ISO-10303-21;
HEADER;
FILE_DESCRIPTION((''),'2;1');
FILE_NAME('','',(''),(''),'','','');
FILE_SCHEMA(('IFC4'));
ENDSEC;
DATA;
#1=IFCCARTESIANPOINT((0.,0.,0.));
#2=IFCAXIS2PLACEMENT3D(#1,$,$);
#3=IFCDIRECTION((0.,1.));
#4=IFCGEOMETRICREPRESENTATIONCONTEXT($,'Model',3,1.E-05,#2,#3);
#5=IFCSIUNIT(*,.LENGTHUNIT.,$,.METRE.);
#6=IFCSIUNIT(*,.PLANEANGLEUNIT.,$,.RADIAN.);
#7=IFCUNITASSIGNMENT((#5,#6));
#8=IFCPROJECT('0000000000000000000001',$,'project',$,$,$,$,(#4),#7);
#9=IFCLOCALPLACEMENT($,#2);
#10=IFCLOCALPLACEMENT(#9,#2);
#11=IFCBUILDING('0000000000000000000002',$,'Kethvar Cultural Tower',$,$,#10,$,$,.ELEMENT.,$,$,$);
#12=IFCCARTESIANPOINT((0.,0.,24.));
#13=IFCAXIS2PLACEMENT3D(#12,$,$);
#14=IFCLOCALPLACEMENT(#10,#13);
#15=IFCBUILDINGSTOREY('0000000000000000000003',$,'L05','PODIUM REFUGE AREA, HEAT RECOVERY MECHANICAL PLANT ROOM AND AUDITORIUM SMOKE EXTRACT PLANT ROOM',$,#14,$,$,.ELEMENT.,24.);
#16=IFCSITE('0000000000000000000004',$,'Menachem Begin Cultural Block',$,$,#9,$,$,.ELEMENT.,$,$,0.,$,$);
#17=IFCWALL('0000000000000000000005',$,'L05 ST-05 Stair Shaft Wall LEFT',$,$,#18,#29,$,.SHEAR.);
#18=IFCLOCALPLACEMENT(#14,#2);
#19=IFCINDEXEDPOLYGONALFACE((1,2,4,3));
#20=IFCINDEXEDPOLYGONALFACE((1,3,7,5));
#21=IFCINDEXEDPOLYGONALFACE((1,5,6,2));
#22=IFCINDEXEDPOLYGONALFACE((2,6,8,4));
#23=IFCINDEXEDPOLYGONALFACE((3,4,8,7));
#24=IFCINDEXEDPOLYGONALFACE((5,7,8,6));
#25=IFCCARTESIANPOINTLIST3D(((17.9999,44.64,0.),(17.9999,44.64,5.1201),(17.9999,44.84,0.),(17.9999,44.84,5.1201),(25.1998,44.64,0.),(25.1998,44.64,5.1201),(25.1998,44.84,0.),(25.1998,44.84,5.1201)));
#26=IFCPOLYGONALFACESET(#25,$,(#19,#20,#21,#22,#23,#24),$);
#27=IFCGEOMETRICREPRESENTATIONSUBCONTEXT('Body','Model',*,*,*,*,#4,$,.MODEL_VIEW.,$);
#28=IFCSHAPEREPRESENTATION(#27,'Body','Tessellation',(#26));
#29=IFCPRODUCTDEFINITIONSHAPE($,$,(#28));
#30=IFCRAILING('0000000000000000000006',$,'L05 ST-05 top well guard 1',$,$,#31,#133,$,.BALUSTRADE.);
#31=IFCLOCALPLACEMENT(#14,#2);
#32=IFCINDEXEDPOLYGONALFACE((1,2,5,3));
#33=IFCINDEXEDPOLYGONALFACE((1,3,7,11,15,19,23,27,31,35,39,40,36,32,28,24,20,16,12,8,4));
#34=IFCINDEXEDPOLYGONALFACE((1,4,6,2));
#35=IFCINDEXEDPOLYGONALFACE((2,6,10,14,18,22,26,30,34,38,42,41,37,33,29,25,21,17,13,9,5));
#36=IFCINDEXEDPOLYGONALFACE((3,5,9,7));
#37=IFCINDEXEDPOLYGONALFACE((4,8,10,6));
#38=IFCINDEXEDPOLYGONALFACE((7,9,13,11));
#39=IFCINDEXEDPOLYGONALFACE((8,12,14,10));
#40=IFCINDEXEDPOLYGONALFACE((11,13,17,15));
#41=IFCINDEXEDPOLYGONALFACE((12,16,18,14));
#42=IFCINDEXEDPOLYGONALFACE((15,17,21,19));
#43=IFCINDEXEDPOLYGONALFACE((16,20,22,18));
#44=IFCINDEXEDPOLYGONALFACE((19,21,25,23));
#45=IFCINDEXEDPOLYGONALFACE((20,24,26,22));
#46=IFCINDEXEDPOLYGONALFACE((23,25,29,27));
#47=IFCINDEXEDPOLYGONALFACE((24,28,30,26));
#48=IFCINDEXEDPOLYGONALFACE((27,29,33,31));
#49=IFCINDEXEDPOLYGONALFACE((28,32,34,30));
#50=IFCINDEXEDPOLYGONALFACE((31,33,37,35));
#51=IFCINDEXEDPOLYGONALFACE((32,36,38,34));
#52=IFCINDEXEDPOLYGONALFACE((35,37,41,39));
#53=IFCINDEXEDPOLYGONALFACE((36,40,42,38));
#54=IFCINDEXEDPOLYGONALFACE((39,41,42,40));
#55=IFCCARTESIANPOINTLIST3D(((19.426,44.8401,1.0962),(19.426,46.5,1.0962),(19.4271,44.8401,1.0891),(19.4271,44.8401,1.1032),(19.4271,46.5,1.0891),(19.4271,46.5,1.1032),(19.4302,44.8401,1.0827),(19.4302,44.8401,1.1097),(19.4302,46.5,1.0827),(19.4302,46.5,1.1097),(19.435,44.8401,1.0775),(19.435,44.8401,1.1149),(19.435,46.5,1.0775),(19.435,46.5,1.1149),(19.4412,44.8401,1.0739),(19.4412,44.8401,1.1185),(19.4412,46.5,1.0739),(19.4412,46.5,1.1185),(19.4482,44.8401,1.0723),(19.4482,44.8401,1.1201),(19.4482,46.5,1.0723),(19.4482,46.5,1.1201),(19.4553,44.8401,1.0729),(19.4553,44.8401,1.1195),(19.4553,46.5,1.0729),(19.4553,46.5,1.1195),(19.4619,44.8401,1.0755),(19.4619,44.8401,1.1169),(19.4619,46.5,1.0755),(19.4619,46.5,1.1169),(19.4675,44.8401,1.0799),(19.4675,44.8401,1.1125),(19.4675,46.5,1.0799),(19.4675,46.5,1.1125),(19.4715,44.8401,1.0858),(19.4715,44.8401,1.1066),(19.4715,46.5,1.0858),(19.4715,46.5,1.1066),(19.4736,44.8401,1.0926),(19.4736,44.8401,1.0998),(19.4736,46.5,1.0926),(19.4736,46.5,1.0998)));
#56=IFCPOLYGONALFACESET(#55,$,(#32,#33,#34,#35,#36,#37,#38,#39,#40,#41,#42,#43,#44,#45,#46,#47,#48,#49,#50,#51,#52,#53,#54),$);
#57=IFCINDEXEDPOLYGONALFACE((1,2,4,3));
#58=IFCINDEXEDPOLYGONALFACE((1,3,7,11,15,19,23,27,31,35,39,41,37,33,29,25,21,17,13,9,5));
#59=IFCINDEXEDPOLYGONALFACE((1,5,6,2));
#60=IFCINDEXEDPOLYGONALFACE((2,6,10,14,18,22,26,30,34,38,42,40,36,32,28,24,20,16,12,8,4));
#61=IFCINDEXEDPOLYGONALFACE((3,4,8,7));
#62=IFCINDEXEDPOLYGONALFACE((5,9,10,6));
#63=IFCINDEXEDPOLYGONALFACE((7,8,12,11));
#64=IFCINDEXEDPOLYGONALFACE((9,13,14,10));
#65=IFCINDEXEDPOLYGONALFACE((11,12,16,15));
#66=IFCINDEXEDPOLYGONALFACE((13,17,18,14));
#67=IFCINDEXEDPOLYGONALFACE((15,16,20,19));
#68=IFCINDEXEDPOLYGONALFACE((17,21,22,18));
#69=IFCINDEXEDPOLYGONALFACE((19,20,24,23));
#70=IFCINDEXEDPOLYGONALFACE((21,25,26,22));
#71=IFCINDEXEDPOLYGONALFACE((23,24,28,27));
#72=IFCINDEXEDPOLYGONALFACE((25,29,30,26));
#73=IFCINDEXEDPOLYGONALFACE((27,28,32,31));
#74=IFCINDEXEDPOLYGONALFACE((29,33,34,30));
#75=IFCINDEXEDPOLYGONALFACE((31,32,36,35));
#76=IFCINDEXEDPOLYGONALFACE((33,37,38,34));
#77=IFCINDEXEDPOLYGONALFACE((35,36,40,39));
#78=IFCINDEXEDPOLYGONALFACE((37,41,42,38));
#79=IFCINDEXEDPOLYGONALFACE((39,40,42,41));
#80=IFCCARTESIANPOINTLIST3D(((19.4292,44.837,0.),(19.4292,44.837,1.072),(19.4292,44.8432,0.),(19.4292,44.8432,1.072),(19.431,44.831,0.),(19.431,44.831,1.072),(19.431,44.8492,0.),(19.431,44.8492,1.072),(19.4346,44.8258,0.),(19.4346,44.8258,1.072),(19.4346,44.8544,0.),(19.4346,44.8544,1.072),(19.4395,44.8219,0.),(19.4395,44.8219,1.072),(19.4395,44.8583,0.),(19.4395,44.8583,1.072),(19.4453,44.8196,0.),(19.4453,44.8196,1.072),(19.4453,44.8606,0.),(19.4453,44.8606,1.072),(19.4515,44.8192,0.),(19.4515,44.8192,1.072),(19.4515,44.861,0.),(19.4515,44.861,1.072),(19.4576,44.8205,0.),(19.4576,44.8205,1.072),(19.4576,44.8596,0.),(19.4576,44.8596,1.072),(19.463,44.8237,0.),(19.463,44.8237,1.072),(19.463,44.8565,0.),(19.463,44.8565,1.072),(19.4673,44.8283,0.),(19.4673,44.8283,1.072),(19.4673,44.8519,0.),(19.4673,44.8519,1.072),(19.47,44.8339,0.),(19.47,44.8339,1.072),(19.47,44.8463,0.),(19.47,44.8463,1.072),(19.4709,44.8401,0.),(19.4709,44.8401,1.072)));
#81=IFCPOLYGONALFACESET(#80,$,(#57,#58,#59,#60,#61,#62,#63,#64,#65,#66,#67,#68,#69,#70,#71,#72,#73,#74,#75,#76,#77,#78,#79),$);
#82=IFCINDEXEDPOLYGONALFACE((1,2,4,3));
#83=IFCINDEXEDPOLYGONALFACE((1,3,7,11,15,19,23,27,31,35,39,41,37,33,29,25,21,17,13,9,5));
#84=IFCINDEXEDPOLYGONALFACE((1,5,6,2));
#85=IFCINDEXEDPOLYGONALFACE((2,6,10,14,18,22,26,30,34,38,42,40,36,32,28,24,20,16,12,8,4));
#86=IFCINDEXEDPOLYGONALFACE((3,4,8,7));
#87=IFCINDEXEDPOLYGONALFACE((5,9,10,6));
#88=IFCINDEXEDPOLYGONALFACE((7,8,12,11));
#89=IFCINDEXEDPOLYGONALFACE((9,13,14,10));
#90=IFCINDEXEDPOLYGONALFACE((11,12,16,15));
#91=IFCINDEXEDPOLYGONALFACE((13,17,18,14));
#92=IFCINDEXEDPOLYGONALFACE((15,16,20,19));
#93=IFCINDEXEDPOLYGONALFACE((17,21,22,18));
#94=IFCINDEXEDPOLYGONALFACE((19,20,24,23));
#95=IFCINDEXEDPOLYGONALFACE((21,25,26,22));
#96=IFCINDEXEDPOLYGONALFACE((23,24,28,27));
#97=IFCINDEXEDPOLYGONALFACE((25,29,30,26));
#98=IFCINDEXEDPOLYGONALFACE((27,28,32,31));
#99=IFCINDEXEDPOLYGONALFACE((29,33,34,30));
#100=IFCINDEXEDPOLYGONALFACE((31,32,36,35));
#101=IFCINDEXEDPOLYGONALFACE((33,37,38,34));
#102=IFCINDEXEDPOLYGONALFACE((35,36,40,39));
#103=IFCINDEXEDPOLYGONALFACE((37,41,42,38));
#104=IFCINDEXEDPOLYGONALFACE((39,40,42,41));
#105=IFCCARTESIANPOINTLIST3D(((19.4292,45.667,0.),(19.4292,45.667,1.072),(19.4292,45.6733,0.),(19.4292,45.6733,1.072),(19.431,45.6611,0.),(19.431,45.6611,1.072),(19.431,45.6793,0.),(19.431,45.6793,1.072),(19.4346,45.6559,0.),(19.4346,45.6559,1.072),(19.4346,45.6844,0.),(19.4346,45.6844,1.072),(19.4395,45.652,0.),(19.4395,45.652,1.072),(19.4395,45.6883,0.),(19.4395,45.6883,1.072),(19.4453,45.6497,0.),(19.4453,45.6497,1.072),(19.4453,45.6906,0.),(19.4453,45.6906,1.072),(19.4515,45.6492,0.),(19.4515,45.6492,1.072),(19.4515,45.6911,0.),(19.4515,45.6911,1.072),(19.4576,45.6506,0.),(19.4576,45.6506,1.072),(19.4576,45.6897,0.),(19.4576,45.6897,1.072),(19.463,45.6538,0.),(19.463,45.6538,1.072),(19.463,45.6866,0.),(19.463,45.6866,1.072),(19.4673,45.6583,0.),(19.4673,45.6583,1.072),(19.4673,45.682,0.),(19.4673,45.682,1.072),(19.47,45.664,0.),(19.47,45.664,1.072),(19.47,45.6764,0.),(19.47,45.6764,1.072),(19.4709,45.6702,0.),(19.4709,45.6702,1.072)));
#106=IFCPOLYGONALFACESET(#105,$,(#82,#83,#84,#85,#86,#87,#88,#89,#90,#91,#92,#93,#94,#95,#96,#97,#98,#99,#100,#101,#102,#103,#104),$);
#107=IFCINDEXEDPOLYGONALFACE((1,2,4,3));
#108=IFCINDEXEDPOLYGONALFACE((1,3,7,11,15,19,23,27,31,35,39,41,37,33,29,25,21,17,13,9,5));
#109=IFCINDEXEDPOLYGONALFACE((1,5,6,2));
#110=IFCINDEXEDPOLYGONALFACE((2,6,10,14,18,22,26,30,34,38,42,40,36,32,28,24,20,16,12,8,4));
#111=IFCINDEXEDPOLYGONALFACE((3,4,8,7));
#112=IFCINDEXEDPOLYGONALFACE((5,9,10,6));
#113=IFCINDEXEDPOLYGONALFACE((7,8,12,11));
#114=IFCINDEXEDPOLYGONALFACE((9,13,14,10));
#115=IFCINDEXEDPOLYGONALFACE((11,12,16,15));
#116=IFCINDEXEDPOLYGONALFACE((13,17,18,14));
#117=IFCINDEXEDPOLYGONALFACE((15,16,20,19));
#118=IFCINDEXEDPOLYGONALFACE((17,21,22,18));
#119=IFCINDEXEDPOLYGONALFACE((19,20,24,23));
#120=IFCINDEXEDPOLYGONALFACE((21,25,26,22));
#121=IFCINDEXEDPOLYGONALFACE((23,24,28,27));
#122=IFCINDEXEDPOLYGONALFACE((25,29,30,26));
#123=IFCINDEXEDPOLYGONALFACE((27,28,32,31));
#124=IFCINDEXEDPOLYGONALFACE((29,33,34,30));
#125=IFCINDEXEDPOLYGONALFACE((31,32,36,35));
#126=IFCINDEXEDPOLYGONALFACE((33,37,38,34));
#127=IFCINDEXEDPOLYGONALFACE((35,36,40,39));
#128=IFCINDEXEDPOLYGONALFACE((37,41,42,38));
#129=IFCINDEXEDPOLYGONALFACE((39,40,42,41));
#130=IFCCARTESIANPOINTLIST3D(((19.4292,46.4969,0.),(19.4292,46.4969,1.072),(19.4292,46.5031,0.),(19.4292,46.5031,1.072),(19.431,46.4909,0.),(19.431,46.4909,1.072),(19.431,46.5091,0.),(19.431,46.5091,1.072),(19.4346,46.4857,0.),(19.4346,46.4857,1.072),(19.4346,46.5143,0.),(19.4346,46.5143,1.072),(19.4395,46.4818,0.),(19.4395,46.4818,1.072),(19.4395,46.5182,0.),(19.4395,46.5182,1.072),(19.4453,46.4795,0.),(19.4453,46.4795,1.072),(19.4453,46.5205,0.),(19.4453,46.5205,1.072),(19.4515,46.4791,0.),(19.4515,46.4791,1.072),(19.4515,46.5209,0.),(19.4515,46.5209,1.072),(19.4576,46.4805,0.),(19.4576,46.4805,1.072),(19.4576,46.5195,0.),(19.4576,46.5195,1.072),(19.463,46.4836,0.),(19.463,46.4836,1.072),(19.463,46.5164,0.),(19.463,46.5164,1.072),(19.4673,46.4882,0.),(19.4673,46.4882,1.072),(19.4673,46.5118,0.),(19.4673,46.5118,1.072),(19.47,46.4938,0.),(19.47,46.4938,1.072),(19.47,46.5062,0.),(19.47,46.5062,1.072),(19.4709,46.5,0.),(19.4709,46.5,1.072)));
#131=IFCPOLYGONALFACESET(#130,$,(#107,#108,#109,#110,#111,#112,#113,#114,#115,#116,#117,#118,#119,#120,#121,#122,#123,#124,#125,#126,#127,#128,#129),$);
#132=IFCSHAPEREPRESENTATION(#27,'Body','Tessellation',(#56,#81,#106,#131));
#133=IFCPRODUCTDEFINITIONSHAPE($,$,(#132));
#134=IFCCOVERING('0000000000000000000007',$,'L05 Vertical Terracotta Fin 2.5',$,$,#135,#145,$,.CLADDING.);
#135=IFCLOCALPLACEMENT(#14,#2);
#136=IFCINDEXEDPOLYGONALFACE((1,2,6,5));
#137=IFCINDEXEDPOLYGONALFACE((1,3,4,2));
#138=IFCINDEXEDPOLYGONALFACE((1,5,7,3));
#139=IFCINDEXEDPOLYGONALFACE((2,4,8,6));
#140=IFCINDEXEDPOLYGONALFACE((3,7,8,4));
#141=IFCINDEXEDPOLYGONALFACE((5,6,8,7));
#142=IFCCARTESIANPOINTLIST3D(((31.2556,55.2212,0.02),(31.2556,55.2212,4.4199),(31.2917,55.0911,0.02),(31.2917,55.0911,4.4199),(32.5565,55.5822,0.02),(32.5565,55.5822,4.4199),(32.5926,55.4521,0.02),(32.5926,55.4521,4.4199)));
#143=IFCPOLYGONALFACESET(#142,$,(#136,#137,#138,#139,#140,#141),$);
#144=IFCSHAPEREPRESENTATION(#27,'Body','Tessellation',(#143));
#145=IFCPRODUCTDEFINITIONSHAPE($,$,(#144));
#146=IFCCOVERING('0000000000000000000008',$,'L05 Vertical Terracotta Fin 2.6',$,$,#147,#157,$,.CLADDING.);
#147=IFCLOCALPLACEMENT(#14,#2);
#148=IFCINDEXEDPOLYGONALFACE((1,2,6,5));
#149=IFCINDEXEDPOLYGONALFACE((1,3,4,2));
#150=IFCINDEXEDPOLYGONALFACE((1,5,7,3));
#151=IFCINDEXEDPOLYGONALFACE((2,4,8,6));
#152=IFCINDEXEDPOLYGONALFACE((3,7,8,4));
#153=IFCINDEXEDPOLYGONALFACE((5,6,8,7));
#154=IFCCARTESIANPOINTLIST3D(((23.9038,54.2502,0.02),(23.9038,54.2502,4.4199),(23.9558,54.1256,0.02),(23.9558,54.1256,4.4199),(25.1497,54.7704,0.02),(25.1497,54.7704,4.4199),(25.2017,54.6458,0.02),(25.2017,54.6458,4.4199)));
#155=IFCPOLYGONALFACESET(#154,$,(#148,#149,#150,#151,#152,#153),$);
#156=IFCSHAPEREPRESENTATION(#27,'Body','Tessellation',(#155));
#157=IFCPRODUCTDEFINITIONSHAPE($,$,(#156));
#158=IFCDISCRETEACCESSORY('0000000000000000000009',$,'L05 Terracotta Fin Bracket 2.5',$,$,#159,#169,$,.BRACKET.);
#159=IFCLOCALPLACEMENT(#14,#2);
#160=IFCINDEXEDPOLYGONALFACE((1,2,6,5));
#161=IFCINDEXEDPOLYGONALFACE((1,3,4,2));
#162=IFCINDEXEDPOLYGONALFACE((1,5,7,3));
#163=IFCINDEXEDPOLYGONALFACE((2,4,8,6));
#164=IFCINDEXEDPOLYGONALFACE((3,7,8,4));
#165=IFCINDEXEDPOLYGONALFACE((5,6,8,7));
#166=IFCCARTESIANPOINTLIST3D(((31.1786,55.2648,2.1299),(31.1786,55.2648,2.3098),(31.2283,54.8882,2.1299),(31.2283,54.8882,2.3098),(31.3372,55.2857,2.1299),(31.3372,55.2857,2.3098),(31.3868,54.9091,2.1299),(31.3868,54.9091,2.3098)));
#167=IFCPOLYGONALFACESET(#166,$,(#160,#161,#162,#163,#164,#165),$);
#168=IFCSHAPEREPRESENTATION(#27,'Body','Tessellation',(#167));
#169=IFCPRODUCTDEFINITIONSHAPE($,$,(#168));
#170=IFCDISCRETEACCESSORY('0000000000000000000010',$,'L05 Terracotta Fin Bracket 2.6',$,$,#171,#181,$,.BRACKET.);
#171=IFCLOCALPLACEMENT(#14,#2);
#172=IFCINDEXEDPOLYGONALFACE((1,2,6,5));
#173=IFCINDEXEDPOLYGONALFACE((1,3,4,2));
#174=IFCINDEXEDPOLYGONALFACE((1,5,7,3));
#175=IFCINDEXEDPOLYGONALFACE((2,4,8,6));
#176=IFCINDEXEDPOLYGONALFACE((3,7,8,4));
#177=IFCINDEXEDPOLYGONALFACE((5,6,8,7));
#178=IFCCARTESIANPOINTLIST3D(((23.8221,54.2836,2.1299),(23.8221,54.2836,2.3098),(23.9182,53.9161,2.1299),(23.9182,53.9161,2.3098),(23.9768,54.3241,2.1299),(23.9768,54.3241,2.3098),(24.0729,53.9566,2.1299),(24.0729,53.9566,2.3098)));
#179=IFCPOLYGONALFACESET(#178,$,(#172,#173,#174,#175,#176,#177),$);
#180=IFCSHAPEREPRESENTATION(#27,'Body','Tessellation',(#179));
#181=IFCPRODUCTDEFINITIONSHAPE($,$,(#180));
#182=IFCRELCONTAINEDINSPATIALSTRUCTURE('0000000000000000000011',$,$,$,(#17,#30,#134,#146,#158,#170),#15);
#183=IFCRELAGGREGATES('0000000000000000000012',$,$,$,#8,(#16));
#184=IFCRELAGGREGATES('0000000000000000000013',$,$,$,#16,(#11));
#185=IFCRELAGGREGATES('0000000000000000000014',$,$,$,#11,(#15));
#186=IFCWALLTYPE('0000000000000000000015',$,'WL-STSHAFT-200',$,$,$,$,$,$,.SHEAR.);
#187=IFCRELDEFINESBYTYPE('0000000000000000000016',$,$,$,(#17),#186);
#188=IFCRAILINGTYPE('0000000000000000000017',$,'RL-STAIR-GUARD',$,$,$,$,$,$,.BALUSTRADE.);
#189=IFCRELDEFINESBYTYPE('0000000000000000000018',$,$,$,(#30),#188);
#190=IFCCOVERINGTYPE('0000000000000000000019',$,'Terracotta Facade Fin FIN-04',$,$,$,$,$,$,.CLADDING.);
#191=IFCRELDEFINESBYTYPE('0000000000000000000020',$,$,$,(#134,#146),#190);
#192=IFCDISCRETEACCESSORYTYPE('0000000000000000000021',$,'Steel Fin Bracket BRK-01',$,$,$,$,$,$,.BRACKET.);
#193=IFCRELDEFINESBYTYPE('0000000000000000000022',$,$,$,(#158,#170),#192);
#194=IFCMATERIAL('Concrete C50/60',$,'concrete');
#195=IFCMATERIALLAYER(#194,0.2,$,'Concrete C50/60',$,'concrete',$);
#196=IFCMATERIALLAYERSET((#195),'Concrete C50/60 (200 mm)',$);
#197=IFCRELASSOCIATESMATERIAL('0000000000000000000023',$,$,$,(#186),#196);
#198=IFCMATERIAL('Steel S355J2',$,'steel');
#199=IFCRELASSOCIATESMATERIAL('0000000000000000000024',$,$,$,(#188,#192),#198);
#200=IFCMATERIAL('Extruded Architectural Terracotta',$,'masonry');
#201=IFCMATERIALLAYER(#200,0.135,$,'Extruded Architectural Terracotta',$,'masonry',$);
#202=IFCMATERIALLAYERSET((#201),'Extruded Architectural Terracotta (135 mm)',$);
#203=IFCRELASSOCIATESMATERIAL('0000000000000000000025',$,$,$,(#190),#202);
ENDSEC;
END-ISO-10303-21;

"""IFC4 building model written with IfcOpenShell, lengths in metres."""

from ifc_helpers import new_model, si_unit, direction, frame, frame_2d, origin, origin_2d, place, context, subcontext, project, spatial, rectangle, circle, extrude, source, transform, mapped, material, layer, layer_set, type_object, element, save


model = new_model("IFC4")

# Units and contexts
model_context = context("Model", 3, precision=1e-05, world=origin(), true_north=direction((0.0, 1.0)))
body_context = subcontext(model_context, "Body", "Model", "MODEL_VIEW")
ifc_project = project(units=[si_unit("LENGTHUNIT", "METRE"), si_unit("PLANEANGLEUNIT", "RADIAN")], contexts=[model_context])

# Site, building, storey
site_placement = place(None, origin())
site = spatial("IfcSite", under=ifc_project, at=site_placement, Name="Menachem Begin Cultural Block", CompositionType="ELEMENT", RefElevation=0.0)
building_placement = place(site_placement, origin())
building = spatial("IfcBuilding", under=site, at=building_placement, Name="Kethvar Cultural Tower", CompositionType="ELEMENT")
storey_placement = place(building_placement, frame((0.0, 0.0, 24.0)))
storey = spatial("IfcBuildingStorey", under=building, at=storey_placement, Name="L05", Description="PODIUM REFUGE AREA, HEAT RECOVERY MECHANICAL PLANT ROOM AND AUDITORIUM SMOKE EXTRACT PLANT ROOM", CompositionType="ELEMENT", Elevation=24.0)

# Shared definitions
ifc_material_1 = material(Name="Steel S355J2", Category="steel")

# Wall
ifc_material_2 = material(Name="Concrete C50/60", Category="concrete")
ifc_layer_1 = layer(ifc_material_2, 0.2, Name="Concrete C50/60", Category="concrete")
ifc_layer_set_1 = layer_set([ifc_layer_1], Name="Concrete C50/60 (200 mm)")
wall_type_1 = type_object("IfcWallType", Name="WL-STSHAFT-200", PredefinedType="SHEAR", material=ifc_layer_set_1)
wall_1_placement = place(storey_placement, frame((25.2, 44.74, 0.0), z_axis=(0.0, 0.0, 1.0), x_axis=(-1.0, 0.0, 0.0)))
element("IfcWall", 1, at=wall_1_placement, inside=storey, type_object=wall_type_1, Name="L05 ST-05 Stair Shaft Wall LEFT", PredefinedType="SHEAR", context=body_context, shape_type="SweptSolid", body=[
    extrude(rectangle(XDim=7.2, YDim=0.2, at=frame_2d((3.6001, 0.0))), origin(), (0.0, 0.0, 1.0), 5.1201),
])

# Railing
railing_type = type_object("IfcRailingType", Name="RL-STAIR-GUARD", PredefinedType="BALUSTRADE", material=ifc_material_1)
railing_placement = place(storey_placement, frame((19.45, 44.8401, 0.0)))
element("IfcRailing", 2, at=railing_placement, inside=storey, type_object=railing_type, Name="L05 ST-05 top well guard 1", PredefinedType="BALUSTRADE", context=body_context, shape_type="SweptSolid", body=[
    extrude(circle(Radius=0.0239, at=origin_2d()), frame((0.0, 0.0, 1.0962), z_axis=(0.0, 1.0, 0.0), x_axis=(-1.0, 0.0, 0.0)), (0.0, 0.0, 1.0), 1.6599),
    extrude(circle(Radius=0.021, at=origin_2d()), origin(), (0.0, 0.0, 1.0), 1.072),
    extrude(circle(Radius=0.021, at=origin_2d()), frame((0.0, 0.8301, 0.0)), (0.0, 0.0, 1.0), 1.072),
    extrude(circle(Radius=0.021, at=origin_2d()), frame((0.0, 1.6599, 0.0)), (0.0, 0.0, 1.0), 1.072),
])

# Coverings
ifc_material_3 = material(Name="Extruded Architectural Terracotta", Category="masonry")
ifc_layer_2 = layer(ifc_material_3, 0.135, Name="Extruded Architectural Terracotta", Category="masonry")
ifc_layer_set_2 = layer_set([ifc_layer_2], Name="Extruded Architectural Terracotta (135 mm)")
covering_type = type_object("IfcCoveringType", Name="Terracotta Facade Fin FIN-04", PredefinedType="CLADDING", material=ifc_layer_set_2)
shared_shape_1 = source(origin(), body_context, "Body", "SweptSolid", [
    extrude(rectangle(XDim=1.3501, YDim=0.135, at=origin_2d()), origin(), (0.0, 0.0, 1.0), 4.3999),
])
for number, where, z_axis, x_axis, name in (
    (3, (31.9241, 55.3367, 0.02), (0.0, 0.0, 1.0), (0.963584, 0.267407, 0.0), "L05 Vertical Terracotta Fin 2.5"),
    (4, (24.5527, 54.448, 0.02), (0.0, 0.0, 1.0), (0.922807, 0.385262, 0.0), "L05 Vertical Terracotta Fin 2.6"),
):
    element("IfcCovering", number, at=place(storey_placement, frame(where, z_axis=z_axis, x_axis=x_axis)), inside=storey, type_object=covering_type, Name=name, PredefinedType="CLADDING", context=body_context, shape_type="MappedRepresentation", body=[
        mapped(shared_shape_1, transform((0.0, 0.0, 0.0), scale=1.0)),
    ])

# Discrete accessories
discrete_accessory_type = type_object("IfcDiscreteAccessoryType", Name="Steel Fin Bracket BRK-01", PredefinedType="BRACKET", material=ifc_material_1)
shared_shape_2 = source(origin(), body_context, "Body", "SweptSolid", [
    extrude(rectangle(XDim=0.3799, YDim=0.1599, at=origin_2d()), origin(), (0.0, 0.0, 1.0), 0.1799),
])
for number, where, z_axis, x_axis, name in (
    (5, (31.2827, 55.0869, 2.1299), (0.0, 0.0, 1.0), (-0.130699, 0.991422, 0.0), "L05 Terracotta Fin Bracket 2.5"),
    (6, (23.9475, 54.1201, 2.1299), (0.0, 0.0, 1.0), (-0.253083, 0.967445, 0.0), "L05 Terracotta Fin Bracket 2.6"),
):
    element("IfcDiscreteAccessory", number, at=place(storey_placement, frame(where, z_axis=z_axis, x_axis=x_axis)), inside=storey, type_object=discrete_accessory_type, Name=name, PredefinedType="BRACKET", context=body_context, shape_type="MappedRepresentation", body=[
        mapped(shared_shape_2, transform((0.0, 0.0, 0.0), scale=1.0)),
    ])

save(model, "model.ifc")
